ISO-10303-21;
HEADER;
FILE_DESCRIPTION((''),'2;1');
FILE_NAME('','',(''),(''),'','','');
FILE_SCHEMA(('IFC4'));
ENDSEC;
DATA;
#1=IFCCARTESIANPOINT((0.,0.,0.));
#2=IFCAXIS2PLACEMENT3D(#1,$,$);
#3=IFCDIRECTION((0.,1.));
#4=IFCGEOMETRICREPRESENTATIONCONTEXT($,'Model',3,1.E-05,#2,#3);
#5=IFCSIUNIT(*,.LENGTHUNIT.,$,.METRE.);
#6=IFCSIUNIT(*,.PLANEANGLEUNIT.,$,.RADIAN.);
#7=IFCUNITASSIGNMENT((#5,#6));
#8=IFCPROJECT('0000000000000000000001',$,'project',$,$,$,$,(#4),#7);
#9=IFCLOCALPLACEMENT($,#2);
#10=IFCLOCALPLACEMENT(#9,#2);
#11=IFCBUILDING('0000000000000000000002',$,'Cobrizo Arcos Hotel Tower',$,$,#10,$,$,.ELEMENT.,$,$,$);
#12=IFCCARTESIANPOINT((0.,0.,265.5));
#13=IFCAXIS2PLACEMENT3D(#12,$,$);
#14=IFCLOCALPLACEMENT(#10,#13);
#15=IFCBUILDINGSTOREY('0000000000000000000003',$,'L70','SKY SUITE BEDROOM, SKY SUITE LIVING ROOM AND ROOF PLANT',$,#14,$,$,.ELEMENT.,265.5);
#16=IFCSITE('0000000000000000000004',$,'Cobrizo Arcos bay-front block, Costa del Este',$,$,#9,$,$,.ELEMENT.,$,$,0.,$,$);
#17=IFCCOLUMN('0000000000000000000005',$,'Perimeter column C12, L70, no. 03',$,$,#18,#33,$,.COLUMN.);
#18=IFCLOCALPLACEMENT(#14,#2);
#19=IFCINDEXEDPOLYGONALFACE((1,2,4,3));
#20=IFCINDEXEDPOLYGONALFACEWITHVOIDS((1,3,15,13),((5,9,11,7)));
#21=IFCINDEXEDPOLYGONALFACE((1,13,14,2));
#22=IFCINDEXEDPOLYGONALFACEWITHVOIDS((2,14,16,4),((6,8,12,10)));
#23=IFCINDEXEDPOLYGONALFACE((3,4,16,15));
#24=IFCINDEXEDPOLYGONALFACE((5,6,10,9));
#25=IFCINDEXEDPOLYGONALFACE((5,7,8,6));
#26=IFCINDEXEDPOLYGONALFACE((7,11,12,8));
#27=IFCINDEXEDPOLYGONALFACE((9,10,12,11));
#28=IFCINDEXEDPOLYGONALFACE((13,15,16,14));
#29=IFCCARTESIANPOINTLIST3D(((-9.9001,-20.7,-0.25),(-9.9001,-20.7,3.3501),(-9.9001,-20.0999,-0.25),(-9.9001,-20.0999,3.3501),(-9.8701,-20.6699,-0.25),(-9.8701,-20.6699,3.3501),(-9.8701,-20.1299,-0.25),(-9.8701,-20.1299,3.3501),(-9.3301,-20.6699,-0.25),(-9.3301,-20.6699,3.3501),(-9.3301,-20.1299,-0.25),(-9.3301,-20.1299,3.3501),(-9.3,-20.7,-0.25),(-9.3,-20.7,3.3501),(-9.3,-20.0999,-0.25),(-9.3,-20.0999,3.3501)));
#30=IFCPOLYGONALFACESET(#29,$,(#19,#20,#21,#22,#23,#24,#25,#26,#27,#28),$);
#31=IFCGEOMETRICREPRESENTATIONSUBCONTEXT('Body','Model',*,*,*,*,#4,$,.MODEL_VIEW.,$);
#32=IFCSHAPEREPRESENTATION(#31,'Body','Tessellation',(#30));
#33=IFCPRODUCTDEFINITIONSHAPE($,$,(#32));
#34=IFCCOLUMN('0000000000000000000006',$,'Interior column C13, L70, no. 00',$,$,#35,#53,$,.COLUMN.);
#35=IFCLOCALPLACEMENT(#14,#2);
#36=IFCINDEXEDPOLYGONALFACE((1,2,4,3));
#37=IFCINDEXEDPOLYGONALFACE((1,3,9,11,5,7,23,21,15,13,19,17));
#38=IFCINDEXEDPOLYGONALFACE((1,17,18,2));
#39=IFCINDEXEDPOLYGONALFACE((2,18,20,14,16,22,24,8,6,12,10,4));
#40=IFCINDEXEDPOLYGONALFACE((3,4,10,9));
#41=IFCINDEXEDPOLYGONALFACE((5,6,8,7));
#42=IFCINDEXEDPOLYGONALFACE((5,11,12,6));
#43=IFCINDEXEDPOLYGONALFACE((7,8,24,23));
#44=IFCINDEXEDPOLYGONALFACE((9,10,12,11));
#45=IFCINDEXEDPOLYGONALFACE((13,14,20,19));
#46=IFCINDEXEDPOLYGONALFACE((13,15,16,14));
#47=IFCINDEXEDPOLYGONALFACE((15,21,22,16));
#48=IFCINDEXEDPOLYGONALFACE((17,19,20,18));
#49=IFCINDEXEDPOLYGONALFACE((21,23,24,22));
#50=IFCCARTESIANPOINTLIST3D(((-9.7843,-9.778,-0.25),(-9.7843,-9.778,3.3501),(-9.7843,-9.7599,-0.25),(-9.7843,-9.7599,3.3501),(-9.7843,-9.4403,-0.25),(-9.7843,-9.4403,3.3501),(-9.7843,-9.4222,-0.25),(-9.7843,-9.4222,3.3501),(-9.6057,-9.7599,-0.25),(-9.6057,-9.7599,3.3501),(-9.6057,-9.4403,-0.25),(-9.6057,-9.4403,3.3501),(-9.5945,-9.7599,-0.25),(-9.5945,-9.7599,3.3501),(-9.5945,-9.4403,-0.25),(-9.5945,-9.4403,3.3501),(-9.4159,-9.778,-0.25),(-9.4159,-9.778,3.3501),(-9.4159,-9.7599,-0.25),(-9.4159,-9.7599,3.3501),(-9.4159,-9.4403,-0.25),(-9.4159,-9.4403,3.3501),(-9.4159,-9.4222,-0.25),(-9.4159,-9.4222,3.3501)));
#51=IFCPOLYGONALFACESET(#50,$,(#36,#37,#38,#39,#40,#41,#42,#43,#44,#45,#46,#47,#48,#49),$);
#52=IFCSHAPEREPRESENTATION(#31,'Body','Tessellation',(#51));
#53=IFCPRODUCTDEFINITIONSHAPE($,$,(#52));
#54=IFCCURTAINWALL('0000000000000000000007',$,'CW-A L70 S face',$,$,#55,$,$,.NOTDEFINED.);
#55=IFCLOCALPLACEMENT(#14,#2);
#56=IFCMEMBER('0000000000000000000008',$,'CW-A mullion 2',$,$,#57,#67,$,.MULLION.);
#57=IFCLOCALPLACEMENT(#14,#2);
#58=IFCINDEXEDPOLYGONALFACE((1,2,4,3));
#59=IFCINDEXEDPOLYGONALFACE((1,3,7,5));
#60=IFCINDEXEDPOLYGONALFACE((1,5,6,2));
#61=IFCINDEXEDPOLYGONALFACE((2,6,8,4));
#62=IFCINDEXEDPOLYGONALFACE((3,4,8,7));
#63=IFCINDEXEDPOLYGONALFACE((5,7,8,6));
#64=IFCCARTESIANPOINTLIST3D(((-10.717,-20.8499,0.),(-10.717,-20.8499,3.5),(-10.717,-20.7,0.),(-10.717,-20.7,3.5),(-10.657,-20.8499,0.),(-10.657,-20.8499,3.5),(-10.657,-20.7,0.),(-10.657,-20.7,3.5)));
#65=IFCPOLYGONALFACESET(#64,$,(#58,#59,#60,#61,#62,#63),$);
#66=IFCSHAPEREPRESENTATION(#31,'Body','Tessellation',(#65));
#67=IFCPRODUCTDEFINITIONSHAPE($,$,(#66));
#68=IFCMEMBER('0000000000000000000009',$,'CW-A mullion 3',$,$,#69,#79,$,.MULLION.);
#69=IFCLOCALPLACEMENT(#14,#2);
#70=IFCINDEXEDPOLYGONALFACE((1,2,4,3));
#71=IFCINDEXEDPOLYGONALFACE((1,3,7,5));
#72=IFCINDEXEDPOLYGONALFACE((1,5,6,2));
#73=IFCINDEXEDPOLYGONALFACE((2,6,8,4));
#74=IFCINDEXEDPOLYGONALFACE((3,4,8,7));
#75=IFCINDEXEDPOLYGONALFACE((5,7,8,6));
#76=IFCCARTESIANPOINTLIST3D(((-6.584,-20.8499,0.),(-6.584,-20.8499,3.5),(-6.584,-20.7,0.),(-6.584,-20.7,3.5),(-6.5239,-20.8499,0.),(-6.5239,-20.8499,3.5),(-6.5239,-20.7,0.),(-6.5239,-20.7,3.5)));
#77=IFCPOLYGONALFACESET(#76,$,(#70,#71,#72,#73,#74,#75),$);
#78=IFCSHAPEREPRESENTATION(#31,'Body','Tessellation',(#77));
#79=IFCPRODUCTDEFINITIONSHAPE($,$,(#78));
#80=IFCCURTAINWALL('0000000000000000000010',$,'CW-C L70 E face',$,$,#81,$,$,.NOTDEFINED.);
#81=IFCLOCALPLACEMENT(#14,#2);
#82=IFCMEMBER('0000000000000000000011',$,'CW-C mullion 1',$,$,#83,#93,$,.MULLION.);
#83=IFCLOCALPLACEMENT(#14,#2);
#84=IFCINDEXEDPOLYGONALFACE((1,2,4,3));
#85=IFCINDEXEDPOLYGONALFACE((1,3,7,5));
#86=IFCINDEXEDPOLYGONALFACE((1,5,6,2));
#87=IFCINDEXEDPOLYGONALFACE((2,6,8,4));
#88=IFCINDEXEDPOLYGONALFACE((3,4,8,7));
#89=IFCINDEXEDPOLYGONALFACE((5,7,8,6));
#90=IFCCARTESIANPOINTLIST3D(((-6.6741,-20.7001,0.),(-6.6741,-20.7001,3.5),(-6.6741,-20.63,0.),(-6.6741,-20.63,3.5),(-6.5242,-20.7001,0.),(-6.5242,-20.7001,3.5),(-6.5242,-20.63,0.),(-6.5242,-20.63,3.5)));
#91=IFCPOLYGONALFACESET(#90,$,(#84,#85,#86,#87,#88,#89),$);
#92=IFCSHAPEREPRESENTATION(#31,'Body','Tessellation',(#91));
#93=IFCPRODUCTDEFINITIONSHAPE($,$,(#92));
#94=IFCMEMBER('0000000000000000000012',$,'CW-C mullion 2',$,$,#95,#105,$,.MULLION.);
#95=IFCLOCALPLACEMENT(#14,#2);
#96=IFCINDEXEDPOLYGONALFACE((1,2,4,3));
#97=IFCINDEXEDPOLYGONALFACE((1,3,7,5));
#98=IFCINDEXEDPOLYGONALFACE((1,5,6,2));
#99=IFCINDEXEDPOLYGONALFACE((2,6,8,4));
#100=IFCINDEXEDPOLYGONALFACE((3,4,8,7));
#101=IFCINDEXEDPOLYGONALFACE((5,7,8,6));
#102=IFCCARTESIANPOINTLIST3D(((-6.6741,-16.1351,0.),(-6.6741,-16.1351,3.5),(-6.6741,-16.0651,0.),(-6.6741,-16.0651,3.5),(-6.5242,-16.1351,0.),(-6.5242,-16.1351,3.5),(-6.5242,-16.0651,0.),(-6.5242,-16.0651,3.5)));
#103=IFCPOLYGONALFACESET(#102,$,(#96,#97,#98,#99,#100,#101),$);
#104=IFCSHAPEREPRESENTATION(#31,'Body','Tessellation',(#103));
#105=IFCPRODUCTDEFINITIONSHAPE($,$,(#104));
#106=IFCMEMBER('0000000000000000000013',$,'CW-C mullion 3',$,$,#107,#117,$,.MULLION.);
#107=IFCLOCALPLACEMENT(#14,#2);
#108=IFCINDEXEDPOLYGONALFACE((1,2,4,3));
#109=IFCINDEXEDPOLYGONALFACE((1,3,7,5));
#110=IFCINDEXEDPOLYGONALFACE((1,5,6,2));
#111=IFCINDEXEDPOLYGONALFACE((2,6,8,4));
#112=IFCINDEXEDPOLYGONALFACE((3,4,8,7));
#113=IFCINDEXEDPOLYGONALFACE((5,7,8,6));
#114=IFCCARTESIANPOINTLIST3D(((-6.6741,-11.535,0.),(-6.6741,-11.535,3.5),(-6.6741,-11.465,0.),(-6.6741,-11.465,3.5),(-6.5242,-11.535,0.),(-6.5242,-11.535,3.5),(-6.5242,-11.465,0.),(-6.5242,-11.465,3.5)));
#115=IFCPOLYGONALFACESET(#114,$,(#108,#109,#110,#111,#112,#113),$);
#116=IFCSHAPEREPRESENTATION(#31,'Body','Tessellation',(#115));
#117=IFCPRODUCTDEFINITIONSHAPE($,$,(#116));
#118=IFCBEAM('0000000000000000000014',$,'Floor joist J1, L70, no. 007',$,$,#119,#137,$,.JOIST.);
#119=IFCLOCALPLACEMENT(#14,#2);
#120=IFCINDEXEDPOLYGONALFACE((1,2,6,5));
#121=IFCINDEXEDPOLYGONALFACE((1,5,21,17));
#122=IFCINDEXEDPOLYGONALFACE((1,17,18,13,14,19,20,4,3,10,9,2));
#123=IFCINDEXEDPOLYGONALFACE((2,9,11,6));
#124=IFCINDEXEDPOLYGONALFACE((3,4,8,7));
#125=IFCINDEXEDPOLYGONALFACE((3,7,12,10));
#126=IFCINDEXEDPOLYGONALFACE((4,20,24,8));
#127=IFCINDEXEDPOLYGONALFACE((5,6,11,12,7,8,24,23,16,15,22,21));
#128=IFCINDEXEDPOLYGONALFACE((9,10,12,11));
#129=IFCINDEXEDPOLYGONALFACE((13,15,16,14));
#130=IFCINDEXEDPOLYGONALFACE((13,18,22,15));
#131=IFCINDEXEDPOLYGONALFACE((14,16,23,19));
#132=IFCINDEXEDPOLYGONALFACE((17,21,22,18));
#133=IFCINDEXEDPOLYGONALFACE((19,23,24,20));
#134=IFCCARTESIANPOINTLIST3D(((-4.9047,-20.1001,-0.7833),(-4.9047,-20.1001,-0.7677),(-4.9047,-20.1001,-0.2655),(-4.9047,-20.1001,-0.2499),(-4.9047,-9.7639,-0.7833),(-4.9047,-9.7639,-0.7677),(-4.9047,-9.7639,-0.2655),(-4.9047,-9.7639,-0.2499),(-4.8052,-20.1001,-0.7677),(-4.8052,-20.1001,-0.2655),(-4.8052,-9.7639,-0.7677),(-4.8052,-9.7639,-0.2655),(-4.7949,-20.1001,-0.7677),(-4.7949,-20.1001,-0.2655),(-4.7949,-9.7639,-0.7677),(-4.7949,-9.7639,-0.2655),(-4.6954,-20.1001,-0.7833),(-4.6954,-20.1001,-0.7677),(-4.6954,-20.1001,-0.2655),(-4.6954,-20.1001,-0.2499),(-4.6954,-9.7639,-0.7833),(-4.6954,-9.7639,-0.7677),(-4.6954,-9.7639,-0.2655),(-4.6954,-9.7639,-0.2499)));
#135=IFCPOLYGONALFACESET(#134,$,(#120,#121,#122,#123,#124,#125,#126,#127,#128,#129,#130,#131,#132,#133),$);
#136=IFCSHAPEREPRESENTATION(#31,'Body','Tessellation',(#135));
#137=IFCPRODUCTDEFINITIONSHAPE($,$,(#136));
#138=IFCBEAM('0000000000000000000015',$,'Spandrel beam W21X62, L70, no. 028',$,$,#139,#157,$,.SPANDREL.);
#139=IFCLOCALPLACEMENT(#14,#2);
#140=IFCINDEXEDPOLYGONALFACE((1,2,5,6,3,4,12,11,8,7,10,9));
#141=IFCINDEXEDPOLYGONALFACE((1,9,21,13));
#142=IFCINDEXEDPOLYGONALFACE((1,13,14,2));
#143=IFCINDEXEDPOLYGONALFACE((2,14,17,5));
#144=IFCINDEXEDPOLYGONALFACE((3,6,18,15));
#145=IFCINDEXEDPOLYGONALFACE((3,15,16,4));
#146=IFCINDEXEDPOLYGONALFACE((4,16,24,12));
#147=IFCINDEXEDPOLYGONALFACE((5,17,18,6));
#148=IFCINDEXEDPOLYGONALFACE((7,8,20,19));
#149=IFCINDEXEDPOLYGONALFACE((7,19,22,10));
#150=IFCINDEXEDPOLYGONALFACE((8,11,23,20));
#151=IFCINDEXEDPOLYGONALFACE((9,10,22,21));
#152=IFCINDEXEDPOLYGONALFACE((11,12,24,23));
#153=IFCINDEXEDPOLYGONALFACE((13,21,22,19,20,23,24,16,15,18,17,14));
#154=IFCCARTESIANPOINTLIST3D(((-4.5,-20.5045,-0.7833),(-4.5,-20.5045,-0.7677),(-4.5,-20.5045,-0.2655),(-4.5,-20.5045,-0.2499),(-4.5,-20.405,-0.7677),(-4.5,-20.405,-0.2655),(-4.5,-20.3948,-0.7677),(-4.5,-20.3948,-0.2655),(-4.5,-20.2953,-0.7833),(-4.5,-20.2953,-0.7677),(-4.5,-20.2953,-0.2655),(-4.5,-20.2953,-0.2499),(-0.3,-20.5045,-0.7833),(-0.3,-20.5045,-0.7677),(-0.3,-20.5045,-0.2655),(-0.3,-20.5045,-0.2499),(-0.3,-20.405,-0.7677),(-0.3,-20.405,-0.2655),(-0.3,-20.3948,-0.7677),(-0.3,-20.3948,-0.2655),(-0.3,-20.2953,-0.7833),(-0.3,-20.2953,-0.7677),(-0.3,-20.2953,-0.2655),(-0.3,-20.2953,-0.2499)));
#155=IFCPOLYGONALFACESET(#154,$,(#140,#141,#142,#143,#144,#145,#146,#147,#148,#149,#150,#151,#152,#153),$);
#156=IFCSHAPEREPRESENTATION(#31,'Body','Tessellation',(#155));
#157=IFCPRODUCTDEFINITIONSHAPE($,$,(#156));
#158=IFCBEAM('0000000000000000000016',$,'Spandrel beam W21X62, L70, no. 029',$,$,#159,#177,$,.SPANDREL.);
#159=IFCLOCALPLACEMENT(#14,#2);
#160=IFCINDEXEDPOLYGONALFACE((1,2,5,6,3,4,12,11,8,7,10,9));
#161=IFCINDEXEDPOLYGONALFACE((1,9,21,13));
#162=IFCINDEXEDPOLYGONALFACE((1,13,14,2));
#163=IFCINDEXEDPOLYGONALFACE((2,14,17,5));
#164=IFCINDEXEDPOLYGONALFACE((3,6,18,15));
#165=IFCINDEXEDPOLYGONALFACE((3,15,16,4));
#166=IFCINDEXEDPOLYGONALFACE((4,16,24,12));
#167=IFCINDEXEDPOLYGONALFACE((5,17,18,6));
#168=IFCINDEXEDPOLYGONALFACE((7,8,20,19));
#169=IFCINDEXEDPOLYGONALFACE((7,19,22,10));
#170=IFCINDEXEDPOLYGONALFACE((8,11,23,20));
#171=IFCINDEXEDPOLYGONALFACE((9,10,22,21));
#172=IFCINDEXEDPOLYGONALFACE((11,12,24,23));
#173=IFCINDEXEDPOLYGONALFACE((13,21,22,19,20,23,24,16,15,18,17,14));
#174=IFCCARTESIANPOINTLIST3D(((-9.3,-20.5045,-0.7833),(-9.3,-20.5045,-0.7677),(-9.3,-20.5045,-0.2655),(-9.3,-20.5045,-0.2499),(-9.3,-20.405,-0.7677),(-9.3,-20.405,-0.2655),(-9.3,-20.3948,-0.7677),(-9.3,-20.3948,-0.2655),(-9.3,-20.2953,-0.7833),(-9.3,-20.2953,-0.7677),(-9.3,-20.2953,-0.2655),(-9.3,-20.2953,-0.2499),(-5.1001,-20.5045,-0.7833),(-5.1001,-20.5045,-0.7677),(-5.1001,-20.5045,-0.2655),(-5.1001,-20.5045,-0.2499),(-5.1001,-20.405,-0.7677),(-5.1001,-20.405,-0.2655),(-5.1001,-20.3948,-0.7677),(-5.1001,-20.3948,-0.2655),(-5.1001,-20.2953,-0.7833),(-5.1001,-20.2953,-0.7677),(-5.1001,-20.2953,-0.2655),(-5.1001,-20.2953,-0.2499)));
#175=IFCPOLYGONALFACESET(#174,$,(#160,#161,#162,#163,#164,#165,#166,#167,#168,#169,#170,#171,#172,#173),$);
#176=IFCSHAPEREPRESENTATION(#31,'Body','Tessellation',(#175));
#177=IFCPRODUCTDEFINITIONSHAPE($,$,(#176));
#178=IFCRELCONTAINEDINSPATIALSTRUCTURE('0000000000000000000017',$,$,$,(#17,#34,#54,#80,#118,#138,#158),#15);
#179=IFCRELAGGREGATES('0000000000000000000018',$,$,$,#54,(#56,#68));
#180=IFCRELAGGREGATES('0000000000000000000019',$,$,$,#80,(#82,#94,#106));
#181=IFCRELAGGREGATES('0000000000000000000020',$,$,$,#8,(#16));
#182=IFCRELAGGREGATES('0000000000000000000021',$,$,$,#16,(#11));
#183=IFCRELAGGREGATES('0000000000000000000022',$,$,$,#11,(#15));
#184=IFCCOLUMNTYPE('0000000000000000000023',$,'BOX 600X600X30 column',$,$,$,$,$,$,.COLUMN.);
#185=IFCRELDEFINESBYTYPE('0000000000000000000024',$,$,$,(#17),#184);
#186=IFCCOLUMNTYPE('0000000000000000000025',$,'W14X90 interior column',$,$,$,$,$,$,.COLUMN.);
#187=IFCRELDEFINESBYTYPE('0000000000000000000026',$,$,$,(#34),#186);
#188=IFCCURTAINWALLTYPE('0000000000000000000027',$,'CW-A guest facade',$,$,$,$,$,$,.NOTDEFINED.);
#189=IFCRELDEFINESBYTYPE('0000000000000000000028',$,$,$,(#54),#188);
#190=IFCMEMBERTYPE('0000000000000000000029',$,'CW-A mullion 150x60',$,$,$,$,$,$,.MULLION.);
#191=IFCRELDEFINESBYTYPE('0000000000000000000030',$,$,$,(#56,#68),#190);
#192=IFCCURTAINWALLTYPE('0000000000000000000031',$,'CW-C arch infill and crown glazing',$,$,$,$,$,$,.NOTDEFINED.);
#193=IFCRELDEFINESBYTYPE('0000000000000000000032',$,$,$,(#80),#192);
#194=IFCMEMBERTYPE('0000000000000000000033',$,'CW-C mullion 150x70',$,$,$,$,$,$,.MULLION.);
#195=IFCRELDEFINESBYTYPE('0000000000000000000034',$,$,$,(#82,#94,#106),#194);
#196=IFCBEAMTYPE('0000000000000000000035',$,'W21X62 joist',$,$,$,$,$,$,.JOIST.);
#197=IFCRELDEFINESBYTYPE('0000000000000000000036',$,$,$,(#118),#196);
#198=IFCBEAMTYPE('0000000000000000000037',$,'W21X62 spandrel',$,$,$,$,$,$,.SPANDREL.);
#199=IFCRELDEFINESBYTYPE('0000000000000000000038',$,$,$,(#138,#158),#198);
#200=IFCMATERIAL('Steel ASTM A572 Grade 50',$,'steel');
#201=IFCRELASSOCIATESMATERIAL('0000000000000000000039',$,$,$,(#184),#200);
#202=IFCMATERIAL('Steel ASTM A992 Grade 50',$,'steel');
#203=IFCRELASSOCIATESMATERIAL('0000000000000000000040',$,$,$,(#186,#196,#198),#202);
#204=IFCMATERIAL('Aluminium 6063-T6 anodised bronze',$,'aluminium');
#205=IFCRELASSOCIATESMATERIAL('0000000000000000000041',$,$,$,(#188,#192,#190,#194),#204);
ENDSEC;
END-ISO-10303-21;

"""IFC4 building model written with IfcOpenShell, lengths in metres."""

from ifc_helpers import new_model, si_unit, direction, frame, origin, origin_2d, place, context, subcontext, project, spatial, rectangle, hollow_rectangle, i_section, extrude, material, material_profile, profile_set, type_object, element, aggregate, save


model = new_model("IFC4")

# Units and contexts
model_context = context("Model", 3, precision=1e-05, world=origin(), true_north=direction((0.0, 1.0)))
body_context = subcontext(model_context, "Body", "Model", "MODEL_VIEW")
ifc_project = project(units=[si_unit("LENGTHUNIT", "METRE"), si_unit("PLANEANGLEUNIT", "RADIAN")], contexts=[model_context])

# Site, building, storey
site_placement = place(None, origin())
site = spatial("IfcSite", under=ifc_project, at=site_placement, Name="Cobrizo Arcos bay-front block, Costa del Este", CompositionType="ELEMENT", RefElevation=0.0)
building_placement = place(site_placement, origin())
building = spatial("IfcBuilding", under=site, at=building_placement, Name="Cobrizo Arcos Hotel Tower", CompositionType="ELEMENT")
storey_placement = place(building_placement, frame((0.0, 0.0, 265.5)))
storey = spatial("IfcBuildingStorey", under=building, at=storey_placement, Name="L70", Description="SKY SUITE BEDROOM, SKY SUITE LIVING ROOM AND ROOF PLANT", CompositionType="ELEMENT", Elevation=265.5)

# Columns
ifc_material_1 = material(Name="Steel ASTM A572 Grade 50", Category="steel")
ifc_material_profile_1 = material_profile(ifc_material_1, hollow_rectangle(XDim=0.6001, YDim=0.6001, WallThickness=0.03, at=origin_2d()), Name="BOX 600X600X30")
ifc_profile_set_1 = profile_set([ifc_material_profile_1], Name="Steel ASTM A572 Grade 50")
column_type_1 = type_object("IfcColumnType", Name="BOX 600X600X30 column", PredefinedType="COLUMN", material=ifc_profile_set_1)
column_1_placement = place(storey_placement, frame((-9.6001, -20.3999, -0.25), z_axis=(0.0, 0.0, 1.0), x_axis=(1.0, 0.0, 0.0)))
element("IfcColumn", 1, at=column_1_placement, inside=storey, type_object=column_type_1, Name="Perimeter column C12, L70, no. 03", PredefinedType="COLUMN", context=body_context, shape_type="SweptSolid", body=[
    extrude(hollow_rectangle(XDim=0.6001, YDim=0.6001, WallThickness=0.03, at=origin_2d()), origin(), (0.0, 0.0, 1.0), 3.6001),
])
ifc_material_2 = material(Name="Steel ASTM A992 Grade 50", Category="steel")
ifc_material_profile_2 = material_profile(ifc_material_2, i_section(OverallWidth=0.3684, OverallDepth=0.3557, WebThickness=0.0112, FlangeThickness=0.0181, at=origin_2d()), Name="W14X90")
ifc_profile_set_2 = profile_set([ifc_material_profile_2], Name="Steel ASTM A992 Grade 50")
column_type_2 = type_object("IfcColumnType", Name="W14X90 interior column", PredefinedType="COLUMN", material=ifc_profile_set_2)
column_2_placement = place(storey_placement, frame((-9.6001, -9.6001, -0.25), z_axis=(0.0, 0.0, 1.0), x_axis=(1.0, 0.0, 0.0)))
element("IfcColumn", 2, at=column_2_placement, inside=storey, type_object=column_type_2, Name="Interior column C13, L70, no. 00", PredefinedType="COLUMN", context=body_context, shape_type="SweptSolid", body=[
    extrude(i_section(OverallWidth=0.3684, OverallDepth=0.3557, WebThickness=0.0112, FlangeThickness=0.0181, at=origin_2d()), origin(), (0.0, 0.0, 1.0), 3.6001),
])

# Curtain walls, members
ifc_material_3 = material(Name="Aluminium 6063-T6 anodised bronze", Category="aluminium")
curtain_wall_type_1 = type_object("IfcCurtainWallType", Name="CW-A guest facade", PredefinedType="NOTDEFINED", material=ifc_material_3)
curtain_wall_1_placement = place(storey_placement, origin())
curtain_wall_1 = element("IfcCurtainWall", 3, at=curtain_wall_1_placement, inside=storey, type_object=curtain_wall_type_1, Name="CW-A L70 S face", PredefinedType="NOTDEFINED")
ifc_material_profile_3 = material_profile(ifc_material_3, rectangle(XDim=0.1499, YDim=0.0601, at=origin_2d()), Name="CW-A mullion 150x60")
ifc_profile_set_3 = profile_set([ifc_material_profile_3], Name="Aluminium 6063-T6 anodised bronze")
member_type_1 = type_object("IfcMemberType", Name="CW-A mullion 150x60", PredefinedType="MULLION", material=ifc_profile_set_3)
member_1_placement = place(storey_placement, frame((-10.687, -20.7749, 0.0), z_axis=(0.0, 0.0, 1.0), x_axis=(0.0, -1.0, 0.0)))
member_1 = element("IfcMember", 4, at=member_1_placement, type_object=member_type_1, Name="CW-A mullion 2", PredefinedType="MULLION", context=body_context, shape_type="SweptSolid", body=[
    extrude(rectangle(XDim=0.1499, YDim=0.0601, at=origin_2d()), origin(), (0.0, 0.0, 1.0), 3.5),
])
member_2_placement = place(storey_placement, frame((-6.554, -20.7749, 0.0), z_axis=(0.0, 0.0, 1.0), x_axis=(0.0, -1.0, 0.0)))
member_2 = element("IfcMember", 5, at=member_2_placement, type_object=member_type_1, Name="CW-A mullion 3", PredefinedType="MULLION", context=body_context, shape_type="SweptSolid", body=[
    extrude(rectangle(XDim=0.1499, YDim=0.0601, at=origin_2d()), origin(), (0.0, 0.0, 1.0), 3.5),
])
curtain_wall_type_2 = type_object("IfcCurtainWallType", Name="CW-C arch infill and crown glazing", PredefinedType="NOTDEFINED", material=ifc_material_3)
curtain_wall_2_placement = place(storey_placement, origin())
curtain_wall_2 = element("IfcCurtainWall", 6, at=curtain_wall_2_placement, inside=storey, type_object=curtain_wall_type_2, Name="CW-C L70 E face", PredefinedType="NOTDEFINED")
ifc_material_profile_4 = material_profile(ifc_material_3, rectangle(XDim=0.1499, YDim=0.0701, at=origin_2d()), Name="CW-C mullion 150x70")
ifc_profile_set_4 = profile_set([ifc_material_profile_4], Name="Aluminium 6063-T6 anodised bronze")
member_type_2 = type_object("IfcMemberType", Name="CW-C mullion 150x70", PredefinedType="MULLION", material=ifc_profile_set_4)
member_3_placement = place(storey_placement, frame((-6.5991, -20.665, 0.0), z_axis=(0.0, 0.0, 1.0), x_axis=(1.0, 0.0, 0.0)))
member_3 = element("IfcMember", 7, at=member_3_placement, type_object=member_type_2, Name="CW-C mullion 1", PredefinedType="MULLION", context=body_context, shape_type="SweptSolid", body=[
    extrude(rectangle(XDim=0.1499, YDim=0.0701, at=origin_2d()), origin(), (0.0, 0.0, 1.0), 3.5),
])
member_4_placement = place(storey_placement, frame((-6.5991, -16.1001, 0.0), z_axis=(0.0, 0.0, 1.0), x_axis=(1.0, 0.0, 0.0)))
member_4 = element("IfcMember", 8, at=member_4_placement, type_object=member_type_2, Name="CW-C mullion 2", PredefinedType="MULLION", context=body_context, shape_type="SweptSolid", body=[
    extrude(rectangle(XDim=0.1499, YDim=0.0701, at=origin_2d()), origin(), (0.0, 0.0, 1.0), 3.5),
])
member_5_placement = place(storey_placement, frame((-6.5991, -11.5, 0.0), z_axis=(0.0, 0.0, 1.0), x_axis=(1.0, 0.0, 0.0)))
member_5 = element("IfcMember", 9, at=member_5_placement, type_object=member_type_2, Name="CW-C mullion 3", PredefinedType="MULLION", context=body_context, shape_type="SweptSolid", body=[
    extrude(rectangle(XDim=0.1499, YDim=0.0701, at=origin_2d()), origin(), (0.0, 0.0, 1.0), 3.5),
])

# Beams
ifc_material_profile_5 = material_profile(ifc_material_2, i_section(OverallWidth=0.2092, OverallDepth=0.5334, WebThickness=0.0103, FlangeThickness=0.0156, at=origin_2d()), Name="W21X62")
ifc_profile_set_5 = profile_set([ifc_material_profile_5], Name="Steel ASTM A992 Grade 50")
beam_type_1 = type_object("IfcBeamType", Name="W21X62 joist", PredefinedType="JOIST", material=ifc_profile_set_5)
beam_1_placement = place(storey_placement, frame((-4.8, -20.1001, -0.5166), z_axis=(0.0, 1.0, 0.0), x_axis=(-1.0, 0.0, 0.0)))
element("IfcBeam", 10, at=beam_1_placement, inside=storey, type_object=beam_type_1, Name="Floor joist J1, L70, no. 007", PredefinedType="JOIST", context=body_context, shape_type="SweptSolid", body=[
    extrude(i_section(OverallWidth=0.2092, OverallDepth=0.5334, WebThickness=0.0103, FlangeThickness=0.0156, at=origin_2d()), origin(), (0.0, 0.0, 1.0), 10.3362),
])
ifc_material_profile_6 = material_profile(ifc_material_2, i_section(OverallWidth=0.2092, OverallDepth=0.5334, WebThickness=0.0103, FlangeThickness=0.0156, at=origin_2d()), Name="W21X62")
ifc_profile_set_6 = profile_set([ifc_material_profile_6], Name="Steel ASTM A992 Grade 50")
beam_type_2 = type_object("IfcBeamType", Name="W21X62 spandrel", PredefinedType="SPANDREL", material=ifc_profile_set_6)
for number, where, z_axis, x_axis, name in (
    (11, (-0.3, -20.3999, -0.5166), (-1.0, 0.0, 0.0), (0.0, -1.0, 0.0), "Spandrel beam W21X62, L70, no. 028"),
    (12, (-5.1001, -20.3999, -0.5166), (-1.0, 0.0, 0.0), (0.0, -1.0, 0.0), "Spandrel beam W21X62, L70, no. 029"),
):
    element("IfcBeam", number, at=place(storey_placement, frame(where, z_axis=z_axis, x_axis=x_axis)), inside=storey, type_object=beam_type_2, Name=name, PredefinedType="SPANDREL", context=body_context, shape_type="SweptSolid", body=[
        extrude(i_section(OverallWidth=0.2092, OverallDepth=0.5334, WebThickness=0.0103, FlangeThickness=0.0156, at=origin_2d()), origin(), (0.0, 0.0, 1.0), 4.2),
    ])

aggregate(curtain_wall_1, [member_1, member_2])
aggregate(curtain_wall_2, [member_3, member_4, member_5])

save(model, "model.ifc")
